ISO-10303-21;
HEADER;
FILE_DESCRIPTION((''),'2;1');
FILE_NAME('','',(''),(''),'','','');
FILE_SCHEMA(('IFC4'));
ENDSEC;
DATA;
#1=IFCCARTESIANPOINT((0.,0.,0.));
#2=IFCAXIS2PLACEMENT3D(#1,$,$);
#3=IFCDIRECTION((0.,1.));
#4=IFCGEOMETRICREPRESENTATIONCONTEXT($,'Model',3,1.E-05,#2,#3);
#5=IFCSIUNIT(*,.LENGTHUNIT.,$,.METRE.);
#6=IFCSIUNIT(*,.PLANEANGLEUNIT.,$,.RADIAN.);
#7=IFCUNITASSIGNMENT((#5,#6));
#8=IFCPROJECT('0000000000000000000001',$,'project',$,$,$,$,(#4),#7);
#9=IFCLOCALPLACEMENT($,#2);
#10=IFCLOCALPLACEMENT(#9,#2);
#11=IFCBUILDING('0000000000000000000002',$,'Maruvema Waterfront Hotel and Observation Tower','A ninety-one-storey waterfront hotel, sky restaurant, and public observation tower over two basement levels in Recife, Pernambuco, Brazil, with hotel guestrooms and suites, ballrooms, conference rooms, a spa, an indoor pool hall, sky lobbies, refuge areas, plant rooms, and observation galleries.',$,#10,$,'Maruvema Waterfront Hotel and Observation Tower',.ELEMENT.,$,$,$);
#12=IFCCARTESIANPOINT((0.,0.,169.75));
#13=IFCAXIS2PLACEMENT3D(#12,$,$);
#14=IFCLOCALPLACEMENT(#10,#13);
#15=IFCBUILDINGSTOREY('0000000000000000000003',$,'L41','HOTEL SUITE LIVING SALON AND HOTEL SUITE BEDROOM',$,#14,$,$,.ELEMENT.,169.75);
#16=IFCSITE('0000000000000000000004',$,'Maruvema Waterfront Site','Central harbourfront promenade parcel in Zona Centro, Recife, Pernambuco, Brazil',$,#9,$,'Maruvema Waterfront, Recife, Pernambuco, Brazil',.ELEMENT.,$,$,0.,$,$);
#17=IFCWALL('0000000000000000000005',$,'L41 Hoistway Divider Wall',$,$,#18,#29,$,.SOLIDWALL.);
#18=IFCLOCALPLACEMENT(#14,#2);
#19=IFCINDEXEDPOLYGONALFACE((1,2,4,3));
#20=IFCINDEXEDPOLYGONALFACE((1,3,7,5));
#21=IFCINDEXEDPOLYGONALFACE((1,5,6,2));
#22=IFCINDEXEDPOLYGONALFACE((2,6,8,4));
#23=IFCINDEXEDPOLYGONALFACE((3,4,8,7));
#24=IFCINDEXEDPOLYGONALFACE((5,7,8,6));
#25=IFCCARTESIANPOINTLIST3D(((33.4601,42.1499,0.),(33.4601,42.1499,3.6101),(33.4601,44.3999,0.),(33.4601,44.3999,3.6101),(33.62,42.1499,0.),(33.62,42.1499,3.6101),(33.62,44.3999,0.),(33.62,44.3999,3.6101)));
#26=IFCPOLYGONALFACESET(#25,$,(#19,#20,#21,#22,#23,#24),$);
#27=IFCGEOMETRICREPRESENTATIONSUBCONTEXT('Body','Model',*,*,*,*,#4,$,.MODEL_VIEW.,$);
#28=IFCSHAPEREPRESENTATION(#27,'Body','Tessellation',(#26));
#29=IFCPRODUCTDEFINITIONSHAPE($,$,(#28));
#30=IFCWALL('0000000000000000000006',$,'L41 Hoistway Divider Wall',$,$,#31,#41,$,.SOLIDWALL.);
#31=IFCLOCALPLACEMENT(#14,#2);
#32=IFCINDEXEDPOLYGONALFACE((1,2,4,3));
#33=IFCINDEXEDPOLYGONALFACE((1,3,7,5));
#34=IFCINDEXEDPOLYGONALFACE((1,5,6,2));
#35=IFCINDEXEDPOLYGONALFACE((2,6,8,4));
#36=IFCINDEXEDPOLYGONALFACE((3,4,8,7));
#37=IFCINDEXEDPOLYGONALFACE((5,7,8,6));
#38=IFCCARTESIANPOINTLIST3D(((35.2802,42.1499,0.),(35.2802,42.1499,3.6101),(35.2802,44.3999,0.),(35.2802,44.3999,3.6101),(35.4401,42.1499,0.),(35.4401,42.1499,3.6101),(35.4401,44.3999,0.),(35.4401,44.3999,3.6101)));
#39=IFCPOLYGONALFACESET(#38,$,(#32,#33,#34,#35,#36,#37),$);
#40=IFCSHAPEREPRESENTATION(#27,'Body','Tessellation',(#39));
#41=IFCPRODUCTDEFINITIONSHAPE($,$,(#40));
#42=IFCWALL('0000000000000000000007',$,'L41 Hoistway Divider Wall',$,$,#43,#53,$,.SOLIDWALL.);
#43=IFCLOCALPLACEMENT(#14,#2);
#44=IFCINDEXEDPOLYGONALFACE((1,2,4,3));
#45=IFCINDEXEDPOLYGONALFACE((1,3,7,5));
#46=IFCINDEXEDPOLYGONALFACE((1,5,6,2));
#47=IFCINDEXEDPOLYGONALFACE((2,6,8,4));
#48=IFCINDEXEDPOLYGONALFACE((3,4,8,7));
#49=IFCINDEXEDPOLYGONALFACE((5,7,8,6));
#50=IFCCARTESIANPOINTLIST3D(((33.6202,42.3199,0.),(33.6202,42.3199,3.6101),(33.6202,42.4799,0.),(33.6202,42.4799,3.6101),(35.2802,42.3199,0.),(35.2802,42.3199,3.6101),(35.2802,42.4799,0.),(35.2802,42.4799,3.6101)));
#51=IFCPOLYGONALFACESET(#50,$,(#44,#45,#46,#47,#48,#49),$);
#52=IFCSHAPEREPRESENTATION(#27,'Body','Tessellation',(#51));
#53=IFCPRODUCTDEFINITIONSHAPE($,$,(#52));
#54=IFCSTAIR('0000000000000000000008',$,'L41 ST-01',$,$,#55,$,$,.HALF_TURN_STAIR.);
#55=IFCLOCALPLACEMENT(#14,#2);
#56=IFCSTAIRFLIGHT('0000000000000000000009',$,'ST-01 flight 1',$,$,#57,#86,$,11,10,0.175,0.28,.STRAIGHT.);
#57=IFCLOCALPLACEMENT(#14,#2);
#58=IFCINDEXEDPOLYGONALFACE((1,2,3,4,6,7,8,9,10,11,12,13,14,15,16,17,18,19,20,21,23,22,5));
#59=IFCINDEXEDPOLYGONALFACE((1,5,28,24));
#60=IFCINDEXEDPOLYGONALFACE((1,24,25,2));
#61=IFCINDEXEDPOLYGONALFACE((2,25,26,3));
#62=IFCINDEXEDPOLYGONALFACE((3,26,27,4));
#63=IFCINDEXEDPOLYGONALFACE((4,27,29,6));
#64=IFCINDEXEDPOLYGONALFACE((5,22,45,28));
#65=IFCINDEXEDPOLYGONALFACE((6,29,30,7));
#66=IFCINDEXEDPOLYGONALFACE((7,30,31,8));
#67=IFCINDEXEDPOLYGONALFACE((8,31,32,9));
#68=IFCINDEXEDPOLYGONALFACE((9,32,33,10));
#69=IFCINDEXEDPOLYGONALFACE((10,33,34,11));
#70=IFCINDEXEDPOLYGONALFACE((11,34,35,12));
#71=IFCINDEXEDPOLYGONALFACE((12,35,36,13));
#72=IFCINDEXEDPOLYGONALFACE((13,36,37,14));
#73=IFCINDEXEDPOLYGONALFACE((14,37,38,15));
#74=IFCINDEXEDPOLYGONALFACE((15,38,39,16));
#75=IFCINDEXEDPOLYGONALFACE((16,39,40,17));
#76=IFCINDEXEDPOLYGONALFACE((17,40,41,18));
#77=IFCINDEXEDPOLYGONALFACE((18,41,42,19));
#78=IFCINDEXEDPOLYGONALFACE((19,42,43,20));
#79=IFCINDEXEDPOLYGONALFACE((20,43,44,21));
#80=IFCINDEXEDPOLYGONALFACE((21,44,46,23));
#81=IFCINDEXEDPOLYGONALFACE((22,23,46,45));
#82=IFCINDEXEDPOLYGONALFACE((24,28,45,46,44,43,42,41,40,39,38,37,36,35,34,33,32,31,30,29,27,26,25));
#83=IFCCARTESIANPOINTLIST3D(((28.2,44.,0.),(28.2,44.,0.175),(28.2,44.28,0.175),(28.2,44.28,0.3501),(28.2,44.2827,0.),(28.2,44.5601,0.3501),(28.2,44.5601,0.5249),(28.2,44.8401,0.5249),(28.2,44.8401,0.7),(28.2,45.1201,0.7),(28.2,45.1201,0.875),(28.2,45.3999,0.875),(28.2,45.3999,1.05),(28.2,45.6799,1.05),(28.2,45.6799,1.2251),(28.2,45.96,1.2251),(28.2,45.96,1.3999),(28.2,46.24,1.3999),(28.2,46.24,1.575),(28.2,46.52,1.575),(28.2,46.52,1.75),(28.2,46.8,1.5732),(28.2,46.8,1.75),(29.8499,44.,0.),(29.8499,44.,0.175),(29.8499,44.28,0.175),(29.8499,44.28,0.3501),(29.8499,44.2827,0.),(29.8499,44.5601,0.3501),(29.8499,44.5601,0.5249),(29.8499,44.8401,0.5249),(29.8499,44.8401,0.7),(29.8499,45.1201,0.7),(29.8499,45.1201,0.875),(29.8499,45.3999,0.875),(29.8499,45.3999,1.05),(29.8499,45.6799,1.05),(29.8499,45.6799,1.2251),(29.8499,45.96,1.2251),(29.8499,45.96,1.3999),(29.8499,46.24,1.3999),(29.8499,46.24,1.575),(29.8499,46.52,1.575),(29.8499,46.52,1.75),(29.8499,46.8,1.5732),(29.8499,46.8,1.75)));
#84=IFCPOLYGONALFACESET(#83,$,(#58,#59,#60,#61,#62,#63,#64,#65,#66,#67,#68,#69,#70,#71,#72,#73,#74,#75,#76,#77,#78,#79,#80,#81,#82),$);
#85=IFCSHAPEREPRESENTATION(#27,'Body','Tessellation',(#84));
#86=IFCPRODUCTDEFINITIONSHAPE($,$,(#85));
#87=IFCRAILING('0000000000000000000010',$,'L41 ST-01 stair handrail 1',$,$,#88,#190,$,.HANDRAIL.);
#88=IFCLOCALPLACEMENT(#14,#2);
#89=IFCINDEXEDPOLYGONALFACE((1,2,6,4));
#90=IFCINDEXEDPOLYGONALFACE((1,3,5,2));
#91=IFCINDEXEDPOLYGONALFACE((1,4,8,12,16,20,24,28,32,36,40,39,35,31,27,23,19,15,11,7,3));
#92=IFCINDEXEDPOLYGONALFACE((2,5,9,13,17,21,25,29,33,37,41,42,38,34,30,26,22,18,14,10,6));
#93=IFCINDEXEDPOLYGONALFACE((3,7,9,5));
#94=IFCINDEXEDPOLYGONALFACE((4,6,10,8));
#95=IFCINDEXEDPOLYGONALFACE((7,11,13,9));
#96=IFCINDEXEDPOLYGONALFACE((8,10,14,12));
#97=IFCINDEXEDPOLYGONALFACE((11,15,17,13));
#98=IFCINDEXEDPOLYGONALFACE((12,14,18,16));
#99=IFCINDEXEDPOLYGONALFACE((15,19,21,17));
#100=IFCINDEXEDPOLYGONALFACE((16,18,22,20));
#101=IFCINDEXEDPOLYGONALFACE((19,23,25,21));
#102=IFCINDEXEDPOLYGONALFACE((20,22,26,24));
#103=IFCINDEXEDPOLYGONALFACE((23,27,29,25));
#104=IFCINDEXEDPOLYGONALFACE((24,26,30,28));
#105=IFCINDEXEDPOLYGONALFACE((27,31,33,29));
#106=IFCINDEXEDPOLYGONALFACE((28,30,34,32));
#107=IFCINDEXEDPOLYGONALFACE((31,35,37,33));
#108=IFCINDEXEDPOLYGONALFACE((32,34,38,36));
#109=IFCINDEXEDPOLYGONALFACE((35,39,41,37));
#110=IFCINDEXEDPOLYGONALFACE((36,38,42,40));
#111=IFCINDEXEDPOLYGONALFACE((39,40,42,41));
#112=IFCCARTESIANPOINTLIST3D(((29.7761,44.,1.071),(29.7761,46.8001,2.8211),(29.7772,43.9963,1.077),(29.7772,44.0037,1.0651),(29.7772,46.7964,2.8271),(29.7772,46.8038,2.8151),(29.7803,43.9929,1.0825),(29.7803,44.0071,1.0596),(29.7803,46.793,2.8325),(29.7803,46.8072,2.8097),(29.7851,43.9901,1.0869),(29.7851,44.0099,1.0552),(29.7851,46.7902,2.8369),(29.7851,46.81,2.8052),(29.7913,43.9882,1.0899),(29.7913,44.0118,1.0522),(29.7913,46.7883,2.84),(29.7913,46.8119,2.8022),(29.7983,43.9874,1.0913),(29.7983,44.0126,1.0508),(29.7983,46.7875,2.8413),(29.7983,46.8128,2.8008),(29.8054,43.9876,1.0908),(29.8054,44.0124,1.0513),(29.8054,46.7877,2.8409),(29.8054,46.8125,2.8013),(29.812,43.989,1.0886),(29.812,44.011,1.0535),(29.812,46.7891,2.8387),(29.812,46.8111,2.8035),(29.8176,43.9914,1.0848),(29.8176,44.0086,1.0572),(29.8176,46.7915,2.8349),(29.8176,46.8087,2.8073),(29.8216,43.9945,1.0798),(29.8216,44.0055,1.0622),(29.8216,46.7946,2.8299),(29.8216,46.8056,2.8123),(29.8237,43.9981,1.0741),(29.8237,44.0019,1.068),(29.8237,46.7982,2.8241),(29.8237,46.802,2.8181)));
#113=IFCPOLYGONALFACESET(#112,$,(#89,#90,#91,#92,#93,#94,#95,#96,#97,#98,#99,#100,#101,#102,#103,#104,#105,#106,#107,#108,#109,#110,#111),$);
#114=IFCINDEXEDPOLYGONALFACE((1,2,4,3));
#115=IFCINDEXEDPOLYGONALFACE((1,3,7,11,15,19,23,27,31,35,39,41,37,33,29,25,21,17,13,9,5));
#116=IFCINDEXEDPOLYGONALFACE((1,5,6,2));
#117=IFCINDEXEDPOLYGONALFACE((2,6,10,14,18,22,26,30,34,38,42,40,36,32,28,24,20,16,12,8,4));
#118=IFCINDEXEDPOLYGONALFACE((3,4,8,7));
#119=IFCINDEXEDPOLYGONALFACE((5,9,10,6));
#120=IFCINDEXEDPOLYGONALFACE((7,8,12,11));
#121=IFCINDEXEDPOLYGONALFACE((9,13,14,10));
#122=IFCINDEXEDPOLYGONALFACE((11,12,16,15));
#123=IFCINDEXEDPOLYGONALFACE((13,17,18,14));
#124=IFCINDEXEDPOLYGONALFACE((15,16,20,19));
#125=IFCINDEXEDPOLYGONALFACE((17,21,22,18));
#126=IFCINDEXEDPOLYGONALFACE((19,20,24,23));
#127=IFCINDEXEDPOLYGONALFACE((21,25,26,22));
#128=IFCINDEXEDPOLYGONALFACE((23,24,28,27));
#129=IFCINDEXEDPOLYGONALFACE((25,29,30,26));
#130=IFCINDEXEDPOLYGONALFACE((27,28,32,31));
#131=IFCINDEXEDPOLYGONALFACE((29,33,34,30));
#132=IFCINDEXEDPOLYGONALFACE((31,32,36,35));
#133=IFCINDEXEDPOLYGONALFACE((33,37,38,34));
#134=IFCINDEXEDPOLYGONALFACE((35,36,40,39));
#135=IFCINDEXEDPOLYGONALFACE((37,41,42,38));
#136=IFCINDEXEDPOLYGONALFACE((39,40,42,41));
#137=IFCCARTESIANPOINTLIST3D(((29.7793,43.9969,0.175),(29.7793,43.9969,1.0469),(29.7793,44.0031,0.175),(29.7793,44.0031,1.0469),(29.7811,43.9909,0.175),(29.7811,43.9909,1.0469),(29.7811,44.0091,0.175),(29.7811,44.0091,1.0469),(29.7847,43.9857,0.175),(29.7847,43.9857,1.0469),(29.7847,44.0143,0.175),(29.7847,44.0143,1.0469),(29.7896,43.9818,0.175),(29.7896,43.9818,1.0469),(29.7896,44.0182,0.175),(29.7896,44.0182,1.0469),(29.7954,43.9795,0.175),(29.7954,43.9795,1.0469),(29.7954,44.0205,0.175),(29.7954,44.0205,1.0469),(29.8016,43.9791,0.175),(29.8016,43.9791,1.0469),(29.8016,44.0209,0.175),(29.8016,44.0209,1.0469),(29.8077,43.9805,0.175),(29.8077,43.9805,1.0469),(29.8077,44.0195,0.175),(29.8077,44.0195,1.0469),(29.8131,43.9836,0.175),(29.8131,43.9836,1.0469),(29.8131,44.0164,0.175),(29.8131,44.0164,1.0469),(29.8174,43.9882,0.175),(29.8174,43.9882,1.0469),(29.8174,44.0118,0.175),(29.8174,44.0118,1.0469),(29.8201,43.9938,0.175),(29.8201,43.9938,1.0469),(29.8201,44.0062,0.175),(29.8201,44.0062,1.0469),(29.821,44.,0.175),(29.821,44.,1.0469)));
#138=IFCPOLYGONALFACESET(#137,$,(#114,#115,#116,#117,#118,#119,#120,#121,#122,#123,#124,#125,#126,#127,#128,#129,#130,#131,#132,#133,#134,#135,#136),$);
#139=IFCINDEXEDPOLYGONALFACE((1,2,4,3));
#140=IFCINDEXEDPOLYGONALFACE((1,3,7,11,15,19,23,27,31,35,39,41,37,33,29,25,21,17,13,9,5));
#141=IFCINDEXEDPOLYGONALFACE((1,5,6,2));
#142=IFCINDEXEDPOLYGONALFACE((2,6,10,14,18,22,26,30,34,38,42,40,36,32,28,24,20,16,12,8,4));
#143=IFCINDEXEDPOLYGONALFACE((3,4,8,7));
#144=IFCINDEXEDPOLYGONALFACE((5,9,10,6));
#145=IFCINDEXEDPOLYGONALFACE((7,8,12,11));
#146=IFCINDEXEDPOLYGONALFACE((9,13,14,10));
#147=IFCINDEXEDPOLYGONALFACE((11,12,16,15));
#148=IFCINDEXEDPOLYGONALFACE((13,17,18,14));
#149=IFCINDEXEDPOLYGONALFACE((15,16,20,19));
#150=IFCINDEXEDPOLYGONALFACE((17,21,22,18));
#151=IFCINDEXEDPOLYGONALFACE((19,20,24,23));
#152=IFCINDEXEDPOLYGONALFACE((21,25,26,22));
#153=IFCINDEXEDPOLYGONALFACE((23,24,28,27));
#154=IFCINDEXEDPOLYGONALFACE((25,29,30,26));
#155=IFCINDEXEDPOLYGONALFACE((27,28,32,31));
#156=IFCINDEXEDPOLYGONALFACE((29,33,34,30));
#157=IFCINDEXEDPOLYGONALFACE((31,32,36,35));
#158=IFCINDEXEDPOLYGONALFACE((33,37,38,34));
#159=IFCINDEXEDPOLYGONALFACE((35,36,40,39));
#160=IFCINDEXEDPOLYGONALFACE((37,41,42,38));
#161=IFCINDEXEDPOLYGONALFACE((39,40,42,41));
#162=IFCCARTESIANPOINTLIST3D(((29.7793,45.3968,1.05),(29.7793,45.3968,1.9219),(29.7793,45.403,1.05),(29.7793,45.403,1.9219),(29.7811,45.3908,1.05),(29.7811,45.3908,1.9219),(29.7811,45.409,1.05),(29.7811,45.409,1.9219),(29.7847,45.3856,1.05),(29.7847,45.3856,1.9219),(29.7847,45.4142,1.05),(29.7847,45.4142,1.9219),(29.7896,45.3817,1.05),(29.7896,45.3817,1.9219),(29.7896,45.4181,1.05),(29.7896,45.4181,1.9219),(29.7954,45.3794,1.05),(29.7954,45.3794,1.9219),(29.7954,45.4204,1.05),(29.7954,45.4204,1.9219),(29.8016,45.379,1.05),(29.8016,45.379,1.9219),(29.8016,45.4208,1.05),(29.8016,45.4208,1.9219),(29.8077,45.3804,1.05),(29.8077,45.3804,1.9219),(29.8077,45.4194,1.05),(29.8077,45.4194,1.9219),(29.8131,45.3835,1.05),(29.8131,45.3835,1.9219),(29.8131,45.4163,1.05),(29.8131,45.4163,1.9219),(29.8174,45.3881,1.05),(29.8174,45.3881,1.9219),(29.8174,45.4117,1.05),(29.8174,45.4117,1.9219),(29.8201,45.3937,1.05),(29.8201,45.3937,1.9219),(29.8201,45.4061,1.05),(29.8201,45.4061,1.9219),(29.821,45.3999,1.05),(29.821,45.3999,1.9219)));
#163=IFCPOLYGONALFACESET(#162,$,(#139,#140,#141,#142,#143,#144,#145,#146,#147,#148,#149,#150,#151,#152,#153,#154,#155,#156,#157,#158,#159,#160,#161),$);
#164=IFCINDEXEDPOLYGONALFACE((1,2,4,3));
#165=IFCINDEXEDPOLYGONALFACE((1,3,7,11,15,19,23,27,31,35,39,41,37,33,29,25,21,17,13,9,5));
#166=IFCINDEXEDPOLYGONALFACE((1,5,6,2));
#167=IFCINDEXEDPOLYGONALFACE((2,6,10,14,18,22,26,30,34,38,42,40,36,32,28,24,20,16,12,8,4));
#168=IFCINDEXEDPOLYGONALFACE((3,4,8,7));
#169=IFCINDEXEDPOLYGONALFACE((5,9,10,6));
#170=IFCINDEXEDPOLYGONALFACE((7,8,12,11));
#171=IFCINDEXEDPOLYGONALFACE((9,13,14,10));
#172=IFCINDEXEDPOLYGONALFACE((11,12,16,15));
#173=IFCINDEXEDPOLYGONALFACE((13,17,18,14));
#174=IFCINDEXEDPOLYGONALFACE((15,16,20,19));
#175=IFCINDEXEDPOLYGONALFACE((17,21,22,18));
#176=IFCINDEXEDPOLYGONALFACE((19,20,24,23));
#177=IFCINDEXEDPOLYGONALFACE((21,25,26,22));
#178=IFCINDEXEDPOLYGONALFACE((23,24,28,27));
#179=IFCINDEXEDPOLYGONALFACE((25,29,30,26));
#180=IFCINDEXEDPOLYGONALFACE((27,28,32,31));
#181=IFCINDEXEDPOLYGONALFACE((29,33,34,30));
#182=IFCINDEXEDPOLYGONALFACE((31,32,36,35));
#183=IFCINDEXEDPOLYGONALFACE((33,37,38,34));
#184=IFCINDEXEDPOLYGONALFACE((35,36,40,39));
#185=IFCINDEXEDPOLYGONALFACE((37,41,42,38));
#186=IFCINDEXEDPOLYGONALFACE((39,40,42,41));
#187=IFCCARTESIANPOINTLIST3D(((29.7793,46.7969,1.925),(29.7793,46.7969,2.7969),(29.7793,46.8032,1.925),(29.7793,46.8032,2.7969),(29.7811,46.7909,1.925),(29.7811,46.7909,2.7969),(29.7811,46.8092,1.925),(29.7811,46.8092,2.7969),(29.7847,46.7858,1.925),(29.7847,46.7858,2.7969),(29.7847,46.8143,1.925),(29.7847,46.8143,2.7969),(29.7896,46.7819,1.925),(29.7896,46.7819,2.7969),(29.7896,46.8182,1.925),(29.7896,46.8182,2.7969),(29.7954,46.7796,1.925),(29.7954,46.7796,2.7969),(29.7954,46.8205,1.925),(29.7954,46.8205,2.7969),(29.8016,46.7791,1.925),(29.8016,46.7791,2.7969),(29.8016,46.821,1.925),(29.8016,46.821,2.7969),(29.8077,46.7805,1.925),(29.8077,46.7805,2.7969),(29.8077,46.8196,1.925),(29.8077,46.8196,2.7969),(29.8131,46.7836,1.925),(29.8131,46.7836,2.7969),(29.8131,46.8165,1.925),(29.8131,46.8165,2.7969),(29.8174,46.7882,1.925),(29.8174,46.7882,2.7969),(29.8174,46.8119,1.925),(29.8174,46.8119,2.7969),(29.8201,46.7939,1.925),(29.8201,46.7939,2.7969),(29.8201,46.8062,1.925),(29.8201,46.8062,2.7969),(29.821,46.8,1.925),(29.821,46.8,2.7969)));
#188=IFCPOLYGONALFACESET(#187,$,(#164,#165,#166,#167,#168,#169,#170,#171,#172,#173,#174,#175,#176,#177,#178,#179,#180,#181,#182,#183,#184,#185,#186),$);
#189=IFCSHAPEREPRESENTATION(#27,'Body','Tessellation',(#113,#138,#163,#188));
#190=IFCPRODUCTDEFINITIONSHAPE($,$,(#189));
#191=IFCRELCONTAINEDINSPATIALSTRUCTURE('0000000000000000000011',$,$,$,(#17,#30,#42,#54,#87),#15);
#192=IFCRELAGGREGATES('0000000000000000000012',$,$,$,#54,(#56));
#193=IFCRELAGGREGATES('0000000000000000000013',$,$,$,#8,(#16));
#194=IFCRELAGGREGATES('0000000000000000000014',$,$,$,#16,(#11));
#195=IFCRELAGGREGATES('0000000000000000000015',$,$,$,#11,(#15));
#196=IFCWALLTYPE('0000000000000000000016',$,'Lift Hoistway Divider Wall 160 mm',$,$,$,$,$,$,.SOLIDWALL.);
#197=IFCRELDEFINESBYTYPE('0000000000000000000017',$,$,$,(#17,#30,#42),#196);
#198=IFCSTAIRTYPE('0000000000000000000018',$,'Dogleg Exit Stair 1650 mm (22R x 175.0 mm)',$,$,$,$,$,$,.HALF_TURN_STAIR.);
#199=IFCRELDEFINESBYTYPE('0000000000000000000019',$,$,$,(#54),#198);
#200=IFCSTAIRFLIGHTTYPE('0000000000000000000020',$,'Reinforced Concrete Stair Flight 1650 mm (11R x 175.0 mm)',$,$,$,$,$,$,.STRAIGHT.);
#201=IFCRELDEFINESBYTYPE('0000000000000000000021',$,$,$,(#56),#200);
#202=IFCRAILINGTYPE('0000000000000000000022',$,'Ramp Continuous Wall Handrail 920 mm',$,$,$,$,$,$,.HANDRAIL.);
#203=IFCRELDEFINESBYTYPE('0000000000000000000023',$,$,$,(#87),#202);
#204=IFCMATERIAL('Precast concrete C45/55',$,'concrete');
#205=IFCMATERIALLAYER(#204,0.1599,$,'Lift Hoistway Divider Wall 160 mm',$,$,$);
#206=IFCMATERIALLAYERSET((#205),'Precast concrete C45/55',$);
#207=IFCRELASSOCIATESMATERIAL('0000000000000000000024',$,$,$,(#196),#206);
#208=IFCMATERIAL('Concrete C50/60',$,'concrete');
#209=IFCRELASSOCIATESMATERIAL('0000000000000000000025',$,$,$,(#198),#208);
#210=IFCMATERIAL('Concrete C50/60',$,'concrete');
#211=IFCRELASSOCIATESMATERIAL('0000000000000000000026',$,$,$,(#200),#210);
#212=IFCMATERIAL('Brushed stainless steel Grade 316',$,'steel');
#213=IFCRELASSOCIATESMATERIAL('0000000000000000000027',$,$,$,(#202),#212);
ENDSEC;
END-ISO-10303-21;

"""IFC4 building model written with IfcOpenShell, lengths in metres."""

from ifc_helpers import new_model, si_unit, direction, frame, frame_2d, origin, origin_2d, place, context, subcontext, project, spatial, polyline, rectangle, circle, outline, extrude, material, layer, layer_set, type_object, element, aggregate, save


model = new_model("IFC4")

# Units and contexts
model_context = context("Model", 3, precision=1e-05, world=origin(), true_north=direction((0.0, 1.0)))
body_context = subcontext(model_context, "Body", "Model", "MODEL_VIEW")
ifc_project = project(units=[si_unit("LENGTHUNIT", "METRE"), si_unit("PLANEANGLEUNIT", "RADIAN")], contexts=[model_context])

# Site, building, storey
site_placement = place(None, origin())
site = spatial("IfcSite", under=ifc_project, at=site_placement, Name="Maruvema Waterfront Site", Description="Central harbourfront promenade parcel in Zona Centro, Recife, Pernambuco, Brazil", LongName="Maruvema Waterfront, Recife, Pernambuco, Brazil", CompositionType="ELEMENT", RefElevation=0.0)
building_placement = place(site_placement, origin())
building = spatial("IfcBuilding", under=site, at=building_placement, Name="Maruvema Waterfront Hotel and Observation Tower", Description="A ninety-one-storey waterfront hotel, sky restaurant, and public observation tower over two basement levels in Recife, Pernambuco, Brazil, with hotel guestrooms and suites, ballrooms, conference rooms, a spa, an indoor pool hall, sky lobbies, refuge areas, plant rooms, and observation galleries.", LongName="Maruvema Waterfront Hotel and Observation Tower", CompositionType="ELEMENT")
storey_placement = place(building_placement, frame((0.0, 0.0, 169.75)))
storey = spatial("IfcBuildingStorey", under=building, at=storey_placement, Name="L41", Description="HOTEL SUITE LIVING SALON AND HOTEL SUITE BEDROOM", CompositionType="ELEMENT", Elevation=169.75)

# Walls
ifc_material_1 = material(Name="Precast concrete C45/55", Category="concrete")
ifc_layer_1 = layer(ifc_material_1, 0.1599, Name="Lift Hoistway Divider Wall 160 mm")
ifc_layer_set_1 = layer_set([ifc_layer_1], Name="Precast concrete C45/55")
wall_type_1 = type_object("IfcWallType", Name="Lift Hoistway Divider Wall 160 mm", PredefinedType="SOLIDWALL", material=ifc_layer_set_1)
for number, where, z_axis, x_axis, name in (
    (1, (33.54, 42.1499, 0.0), (0.0, 0.0, 1.0), (0.0, 1.0, 0.0), "L41 Hoistway Divider Wall"),
    (2, (35.3601, 42.1499, 0.0), (0.0, 0.0, 1.0), (0.0, 1.0, 0.0), "L41 Hoistway Divider Wall"),
):
    element("IfcWall", number, at=place(storey_placement, frame(where, z_axis=z_axis, x_axis=x_axis)), inside=storey, type_object=wall_type_1, Name=name, PredefinedType="SOLIDWALL", context=body_context, shape_type="SweptSolid", body=[
        extrude(rectangle(XDim=2.25, YDim=0.1599, at=frame_2d((1.125, 0.0))), origin(), (0.0, 0.0, 1.0), 3.6101),
    ])
wall_1_placement = place(storey_placement, frame((33.6201, 42.3999, 0.0), z_axis=(0.0, 0.0, 1.0), x_axis=(1.0, 0.0, 0.0)))
element("IfcWall", 3, at=wall_1_placement, inside=storey, type_object=wall_type_1, Name="L41 Hoistway Divider Wall", PredefinedType="SOLIDWALL", context=body_context, shape_type="SweptSolid", body=[
    extrude(rectangle(XDim=1.6599, YDim=0.1599, at=frame_2d((0.8301, 0.0))), origin(), (0.0, 0.0, 1.0), 3.6101),
])

# Stair, stair flight
ifc_material_2 = material(Name="Concrete C50/60", Category="concrete")
stair_type = type_object("IfcStairType", Name="Dogleg Exit Stair 1650 mm (22R x 175.0 mm)", PredefinedType="HALF_TURN_STAIR", material=ifc_material_2)
stair_placement = place(storey_placement, origin())
stair = element("IfcStair", 4, at=stair_placement, inside=storey, type_object=stair_type, Name="L41 ST-01", PredefinedType="HALF_TURN_STAIR")
ifc_material_3 = material(Name="Concrete C50/60", Category="concrete")
stair_flight_type = type_object("IfcStairFlightType", Name="Reinforced Concrete Stair Flight 1650 mm (11R x 175.0 mm)", PredefinedType="STRAIGHT", material=ifc_material_3)
stair_flight_placement = place(storey_placement, frame((29.0249, 44.0, 0.0), z_axis=(0.0, 0.0, 1.0), x_axis=(0.0, 1.0, 0.0)))
stair_flight = element("IfcStairFlight", 5, at=stair_flight_placement, type_object=stair_flight_type, Name="ST-01 flight 1", NumberOfRisers=11, NumberOfTreads=10, PredefinedType="STRAIGHT", RiserHeight=0.175, TreadLength=0.28, context=body_context, shape_type="SweptSolid", body=[
    extrude(outline(polyline([(0.0, 0.0), (0.0, 0.175), (0.28, 0.175), (0.28, 0.3501), (0.5601, 0.3501), (0.5601, 0.5249), (0.8401, 0.5249), (0.8401, 0.7), (1.1201, 0.7), (1.1201, 0.875), (1.3999, 0.875), (1.3999, 1.05), (1.6799, 1.05), (1.6799, 1.2251), (1.96, 1.2251), (1.96, 1.3999), (2.24, 1.3999), (2.24, 1.575), (2.52, 1.575), (2.52, 1.75), (2.8, 1.75), (2.8, 1.925), (2.8, 1.5732), (0.2827, 0.0), (0.0, 0.0)])), frame((0.0, 0.825, 0.0), z_axis=(0.0, -1.0, 0.0), x_axis=(1.0, 0.0, 0.0)), (0.0, 0.0, 1.0), 1.6499),
])
aggregate(stair, [stair_flight])

# Railing
ifc_material_4 = material(Name="Brushed stainless steel Grade 316", Category="steel")
railing_type_1 = type_object("IfcRailingType", Name="Ramp Continuous Wall Handrail 920 mm", PredefinedType="HANDRAIL", material=ifc_material_4)
railing_1_placement = place(storey_placement, frame((29.8, 44.0, 0.175)))
element("IfcRailing", 6, at=railing_1_placement, inside=storey, type_object=railing_type_1, Name="L41 ST-01 stair handrail 1", PredefinedType="HANDRAIL", context=body_context, shape_type="SweptSolid", body=[
    extrude(circle(Radius=0.0239, at=origin_2d()), frame((0.0, 0.0, 0.896), z_axis=(0.0, 0.848002, 0.529992), x_axis=(-1.0, 0.0, 0.0)), (0.0, 0.0, 1.0), 3.302),
    extrude(circle(Radius=0.021, at=origin_2d()), origin(), (0.0, 0.0, 1.0), 0.8718),
    extrude(circle(Radius=0.021, at=origin_2d()), frame((0.0, 1.3999, 0.875)), (0.0, 0.0, 1.0), 0.8718),
    extrude(circle(Radius=0.021, at=origin_2d()), frame((0.0, 2.8, 1.75)), (0.0, 0.0, 1.0), 0.8718),
])

save(model, "model.ifc")
